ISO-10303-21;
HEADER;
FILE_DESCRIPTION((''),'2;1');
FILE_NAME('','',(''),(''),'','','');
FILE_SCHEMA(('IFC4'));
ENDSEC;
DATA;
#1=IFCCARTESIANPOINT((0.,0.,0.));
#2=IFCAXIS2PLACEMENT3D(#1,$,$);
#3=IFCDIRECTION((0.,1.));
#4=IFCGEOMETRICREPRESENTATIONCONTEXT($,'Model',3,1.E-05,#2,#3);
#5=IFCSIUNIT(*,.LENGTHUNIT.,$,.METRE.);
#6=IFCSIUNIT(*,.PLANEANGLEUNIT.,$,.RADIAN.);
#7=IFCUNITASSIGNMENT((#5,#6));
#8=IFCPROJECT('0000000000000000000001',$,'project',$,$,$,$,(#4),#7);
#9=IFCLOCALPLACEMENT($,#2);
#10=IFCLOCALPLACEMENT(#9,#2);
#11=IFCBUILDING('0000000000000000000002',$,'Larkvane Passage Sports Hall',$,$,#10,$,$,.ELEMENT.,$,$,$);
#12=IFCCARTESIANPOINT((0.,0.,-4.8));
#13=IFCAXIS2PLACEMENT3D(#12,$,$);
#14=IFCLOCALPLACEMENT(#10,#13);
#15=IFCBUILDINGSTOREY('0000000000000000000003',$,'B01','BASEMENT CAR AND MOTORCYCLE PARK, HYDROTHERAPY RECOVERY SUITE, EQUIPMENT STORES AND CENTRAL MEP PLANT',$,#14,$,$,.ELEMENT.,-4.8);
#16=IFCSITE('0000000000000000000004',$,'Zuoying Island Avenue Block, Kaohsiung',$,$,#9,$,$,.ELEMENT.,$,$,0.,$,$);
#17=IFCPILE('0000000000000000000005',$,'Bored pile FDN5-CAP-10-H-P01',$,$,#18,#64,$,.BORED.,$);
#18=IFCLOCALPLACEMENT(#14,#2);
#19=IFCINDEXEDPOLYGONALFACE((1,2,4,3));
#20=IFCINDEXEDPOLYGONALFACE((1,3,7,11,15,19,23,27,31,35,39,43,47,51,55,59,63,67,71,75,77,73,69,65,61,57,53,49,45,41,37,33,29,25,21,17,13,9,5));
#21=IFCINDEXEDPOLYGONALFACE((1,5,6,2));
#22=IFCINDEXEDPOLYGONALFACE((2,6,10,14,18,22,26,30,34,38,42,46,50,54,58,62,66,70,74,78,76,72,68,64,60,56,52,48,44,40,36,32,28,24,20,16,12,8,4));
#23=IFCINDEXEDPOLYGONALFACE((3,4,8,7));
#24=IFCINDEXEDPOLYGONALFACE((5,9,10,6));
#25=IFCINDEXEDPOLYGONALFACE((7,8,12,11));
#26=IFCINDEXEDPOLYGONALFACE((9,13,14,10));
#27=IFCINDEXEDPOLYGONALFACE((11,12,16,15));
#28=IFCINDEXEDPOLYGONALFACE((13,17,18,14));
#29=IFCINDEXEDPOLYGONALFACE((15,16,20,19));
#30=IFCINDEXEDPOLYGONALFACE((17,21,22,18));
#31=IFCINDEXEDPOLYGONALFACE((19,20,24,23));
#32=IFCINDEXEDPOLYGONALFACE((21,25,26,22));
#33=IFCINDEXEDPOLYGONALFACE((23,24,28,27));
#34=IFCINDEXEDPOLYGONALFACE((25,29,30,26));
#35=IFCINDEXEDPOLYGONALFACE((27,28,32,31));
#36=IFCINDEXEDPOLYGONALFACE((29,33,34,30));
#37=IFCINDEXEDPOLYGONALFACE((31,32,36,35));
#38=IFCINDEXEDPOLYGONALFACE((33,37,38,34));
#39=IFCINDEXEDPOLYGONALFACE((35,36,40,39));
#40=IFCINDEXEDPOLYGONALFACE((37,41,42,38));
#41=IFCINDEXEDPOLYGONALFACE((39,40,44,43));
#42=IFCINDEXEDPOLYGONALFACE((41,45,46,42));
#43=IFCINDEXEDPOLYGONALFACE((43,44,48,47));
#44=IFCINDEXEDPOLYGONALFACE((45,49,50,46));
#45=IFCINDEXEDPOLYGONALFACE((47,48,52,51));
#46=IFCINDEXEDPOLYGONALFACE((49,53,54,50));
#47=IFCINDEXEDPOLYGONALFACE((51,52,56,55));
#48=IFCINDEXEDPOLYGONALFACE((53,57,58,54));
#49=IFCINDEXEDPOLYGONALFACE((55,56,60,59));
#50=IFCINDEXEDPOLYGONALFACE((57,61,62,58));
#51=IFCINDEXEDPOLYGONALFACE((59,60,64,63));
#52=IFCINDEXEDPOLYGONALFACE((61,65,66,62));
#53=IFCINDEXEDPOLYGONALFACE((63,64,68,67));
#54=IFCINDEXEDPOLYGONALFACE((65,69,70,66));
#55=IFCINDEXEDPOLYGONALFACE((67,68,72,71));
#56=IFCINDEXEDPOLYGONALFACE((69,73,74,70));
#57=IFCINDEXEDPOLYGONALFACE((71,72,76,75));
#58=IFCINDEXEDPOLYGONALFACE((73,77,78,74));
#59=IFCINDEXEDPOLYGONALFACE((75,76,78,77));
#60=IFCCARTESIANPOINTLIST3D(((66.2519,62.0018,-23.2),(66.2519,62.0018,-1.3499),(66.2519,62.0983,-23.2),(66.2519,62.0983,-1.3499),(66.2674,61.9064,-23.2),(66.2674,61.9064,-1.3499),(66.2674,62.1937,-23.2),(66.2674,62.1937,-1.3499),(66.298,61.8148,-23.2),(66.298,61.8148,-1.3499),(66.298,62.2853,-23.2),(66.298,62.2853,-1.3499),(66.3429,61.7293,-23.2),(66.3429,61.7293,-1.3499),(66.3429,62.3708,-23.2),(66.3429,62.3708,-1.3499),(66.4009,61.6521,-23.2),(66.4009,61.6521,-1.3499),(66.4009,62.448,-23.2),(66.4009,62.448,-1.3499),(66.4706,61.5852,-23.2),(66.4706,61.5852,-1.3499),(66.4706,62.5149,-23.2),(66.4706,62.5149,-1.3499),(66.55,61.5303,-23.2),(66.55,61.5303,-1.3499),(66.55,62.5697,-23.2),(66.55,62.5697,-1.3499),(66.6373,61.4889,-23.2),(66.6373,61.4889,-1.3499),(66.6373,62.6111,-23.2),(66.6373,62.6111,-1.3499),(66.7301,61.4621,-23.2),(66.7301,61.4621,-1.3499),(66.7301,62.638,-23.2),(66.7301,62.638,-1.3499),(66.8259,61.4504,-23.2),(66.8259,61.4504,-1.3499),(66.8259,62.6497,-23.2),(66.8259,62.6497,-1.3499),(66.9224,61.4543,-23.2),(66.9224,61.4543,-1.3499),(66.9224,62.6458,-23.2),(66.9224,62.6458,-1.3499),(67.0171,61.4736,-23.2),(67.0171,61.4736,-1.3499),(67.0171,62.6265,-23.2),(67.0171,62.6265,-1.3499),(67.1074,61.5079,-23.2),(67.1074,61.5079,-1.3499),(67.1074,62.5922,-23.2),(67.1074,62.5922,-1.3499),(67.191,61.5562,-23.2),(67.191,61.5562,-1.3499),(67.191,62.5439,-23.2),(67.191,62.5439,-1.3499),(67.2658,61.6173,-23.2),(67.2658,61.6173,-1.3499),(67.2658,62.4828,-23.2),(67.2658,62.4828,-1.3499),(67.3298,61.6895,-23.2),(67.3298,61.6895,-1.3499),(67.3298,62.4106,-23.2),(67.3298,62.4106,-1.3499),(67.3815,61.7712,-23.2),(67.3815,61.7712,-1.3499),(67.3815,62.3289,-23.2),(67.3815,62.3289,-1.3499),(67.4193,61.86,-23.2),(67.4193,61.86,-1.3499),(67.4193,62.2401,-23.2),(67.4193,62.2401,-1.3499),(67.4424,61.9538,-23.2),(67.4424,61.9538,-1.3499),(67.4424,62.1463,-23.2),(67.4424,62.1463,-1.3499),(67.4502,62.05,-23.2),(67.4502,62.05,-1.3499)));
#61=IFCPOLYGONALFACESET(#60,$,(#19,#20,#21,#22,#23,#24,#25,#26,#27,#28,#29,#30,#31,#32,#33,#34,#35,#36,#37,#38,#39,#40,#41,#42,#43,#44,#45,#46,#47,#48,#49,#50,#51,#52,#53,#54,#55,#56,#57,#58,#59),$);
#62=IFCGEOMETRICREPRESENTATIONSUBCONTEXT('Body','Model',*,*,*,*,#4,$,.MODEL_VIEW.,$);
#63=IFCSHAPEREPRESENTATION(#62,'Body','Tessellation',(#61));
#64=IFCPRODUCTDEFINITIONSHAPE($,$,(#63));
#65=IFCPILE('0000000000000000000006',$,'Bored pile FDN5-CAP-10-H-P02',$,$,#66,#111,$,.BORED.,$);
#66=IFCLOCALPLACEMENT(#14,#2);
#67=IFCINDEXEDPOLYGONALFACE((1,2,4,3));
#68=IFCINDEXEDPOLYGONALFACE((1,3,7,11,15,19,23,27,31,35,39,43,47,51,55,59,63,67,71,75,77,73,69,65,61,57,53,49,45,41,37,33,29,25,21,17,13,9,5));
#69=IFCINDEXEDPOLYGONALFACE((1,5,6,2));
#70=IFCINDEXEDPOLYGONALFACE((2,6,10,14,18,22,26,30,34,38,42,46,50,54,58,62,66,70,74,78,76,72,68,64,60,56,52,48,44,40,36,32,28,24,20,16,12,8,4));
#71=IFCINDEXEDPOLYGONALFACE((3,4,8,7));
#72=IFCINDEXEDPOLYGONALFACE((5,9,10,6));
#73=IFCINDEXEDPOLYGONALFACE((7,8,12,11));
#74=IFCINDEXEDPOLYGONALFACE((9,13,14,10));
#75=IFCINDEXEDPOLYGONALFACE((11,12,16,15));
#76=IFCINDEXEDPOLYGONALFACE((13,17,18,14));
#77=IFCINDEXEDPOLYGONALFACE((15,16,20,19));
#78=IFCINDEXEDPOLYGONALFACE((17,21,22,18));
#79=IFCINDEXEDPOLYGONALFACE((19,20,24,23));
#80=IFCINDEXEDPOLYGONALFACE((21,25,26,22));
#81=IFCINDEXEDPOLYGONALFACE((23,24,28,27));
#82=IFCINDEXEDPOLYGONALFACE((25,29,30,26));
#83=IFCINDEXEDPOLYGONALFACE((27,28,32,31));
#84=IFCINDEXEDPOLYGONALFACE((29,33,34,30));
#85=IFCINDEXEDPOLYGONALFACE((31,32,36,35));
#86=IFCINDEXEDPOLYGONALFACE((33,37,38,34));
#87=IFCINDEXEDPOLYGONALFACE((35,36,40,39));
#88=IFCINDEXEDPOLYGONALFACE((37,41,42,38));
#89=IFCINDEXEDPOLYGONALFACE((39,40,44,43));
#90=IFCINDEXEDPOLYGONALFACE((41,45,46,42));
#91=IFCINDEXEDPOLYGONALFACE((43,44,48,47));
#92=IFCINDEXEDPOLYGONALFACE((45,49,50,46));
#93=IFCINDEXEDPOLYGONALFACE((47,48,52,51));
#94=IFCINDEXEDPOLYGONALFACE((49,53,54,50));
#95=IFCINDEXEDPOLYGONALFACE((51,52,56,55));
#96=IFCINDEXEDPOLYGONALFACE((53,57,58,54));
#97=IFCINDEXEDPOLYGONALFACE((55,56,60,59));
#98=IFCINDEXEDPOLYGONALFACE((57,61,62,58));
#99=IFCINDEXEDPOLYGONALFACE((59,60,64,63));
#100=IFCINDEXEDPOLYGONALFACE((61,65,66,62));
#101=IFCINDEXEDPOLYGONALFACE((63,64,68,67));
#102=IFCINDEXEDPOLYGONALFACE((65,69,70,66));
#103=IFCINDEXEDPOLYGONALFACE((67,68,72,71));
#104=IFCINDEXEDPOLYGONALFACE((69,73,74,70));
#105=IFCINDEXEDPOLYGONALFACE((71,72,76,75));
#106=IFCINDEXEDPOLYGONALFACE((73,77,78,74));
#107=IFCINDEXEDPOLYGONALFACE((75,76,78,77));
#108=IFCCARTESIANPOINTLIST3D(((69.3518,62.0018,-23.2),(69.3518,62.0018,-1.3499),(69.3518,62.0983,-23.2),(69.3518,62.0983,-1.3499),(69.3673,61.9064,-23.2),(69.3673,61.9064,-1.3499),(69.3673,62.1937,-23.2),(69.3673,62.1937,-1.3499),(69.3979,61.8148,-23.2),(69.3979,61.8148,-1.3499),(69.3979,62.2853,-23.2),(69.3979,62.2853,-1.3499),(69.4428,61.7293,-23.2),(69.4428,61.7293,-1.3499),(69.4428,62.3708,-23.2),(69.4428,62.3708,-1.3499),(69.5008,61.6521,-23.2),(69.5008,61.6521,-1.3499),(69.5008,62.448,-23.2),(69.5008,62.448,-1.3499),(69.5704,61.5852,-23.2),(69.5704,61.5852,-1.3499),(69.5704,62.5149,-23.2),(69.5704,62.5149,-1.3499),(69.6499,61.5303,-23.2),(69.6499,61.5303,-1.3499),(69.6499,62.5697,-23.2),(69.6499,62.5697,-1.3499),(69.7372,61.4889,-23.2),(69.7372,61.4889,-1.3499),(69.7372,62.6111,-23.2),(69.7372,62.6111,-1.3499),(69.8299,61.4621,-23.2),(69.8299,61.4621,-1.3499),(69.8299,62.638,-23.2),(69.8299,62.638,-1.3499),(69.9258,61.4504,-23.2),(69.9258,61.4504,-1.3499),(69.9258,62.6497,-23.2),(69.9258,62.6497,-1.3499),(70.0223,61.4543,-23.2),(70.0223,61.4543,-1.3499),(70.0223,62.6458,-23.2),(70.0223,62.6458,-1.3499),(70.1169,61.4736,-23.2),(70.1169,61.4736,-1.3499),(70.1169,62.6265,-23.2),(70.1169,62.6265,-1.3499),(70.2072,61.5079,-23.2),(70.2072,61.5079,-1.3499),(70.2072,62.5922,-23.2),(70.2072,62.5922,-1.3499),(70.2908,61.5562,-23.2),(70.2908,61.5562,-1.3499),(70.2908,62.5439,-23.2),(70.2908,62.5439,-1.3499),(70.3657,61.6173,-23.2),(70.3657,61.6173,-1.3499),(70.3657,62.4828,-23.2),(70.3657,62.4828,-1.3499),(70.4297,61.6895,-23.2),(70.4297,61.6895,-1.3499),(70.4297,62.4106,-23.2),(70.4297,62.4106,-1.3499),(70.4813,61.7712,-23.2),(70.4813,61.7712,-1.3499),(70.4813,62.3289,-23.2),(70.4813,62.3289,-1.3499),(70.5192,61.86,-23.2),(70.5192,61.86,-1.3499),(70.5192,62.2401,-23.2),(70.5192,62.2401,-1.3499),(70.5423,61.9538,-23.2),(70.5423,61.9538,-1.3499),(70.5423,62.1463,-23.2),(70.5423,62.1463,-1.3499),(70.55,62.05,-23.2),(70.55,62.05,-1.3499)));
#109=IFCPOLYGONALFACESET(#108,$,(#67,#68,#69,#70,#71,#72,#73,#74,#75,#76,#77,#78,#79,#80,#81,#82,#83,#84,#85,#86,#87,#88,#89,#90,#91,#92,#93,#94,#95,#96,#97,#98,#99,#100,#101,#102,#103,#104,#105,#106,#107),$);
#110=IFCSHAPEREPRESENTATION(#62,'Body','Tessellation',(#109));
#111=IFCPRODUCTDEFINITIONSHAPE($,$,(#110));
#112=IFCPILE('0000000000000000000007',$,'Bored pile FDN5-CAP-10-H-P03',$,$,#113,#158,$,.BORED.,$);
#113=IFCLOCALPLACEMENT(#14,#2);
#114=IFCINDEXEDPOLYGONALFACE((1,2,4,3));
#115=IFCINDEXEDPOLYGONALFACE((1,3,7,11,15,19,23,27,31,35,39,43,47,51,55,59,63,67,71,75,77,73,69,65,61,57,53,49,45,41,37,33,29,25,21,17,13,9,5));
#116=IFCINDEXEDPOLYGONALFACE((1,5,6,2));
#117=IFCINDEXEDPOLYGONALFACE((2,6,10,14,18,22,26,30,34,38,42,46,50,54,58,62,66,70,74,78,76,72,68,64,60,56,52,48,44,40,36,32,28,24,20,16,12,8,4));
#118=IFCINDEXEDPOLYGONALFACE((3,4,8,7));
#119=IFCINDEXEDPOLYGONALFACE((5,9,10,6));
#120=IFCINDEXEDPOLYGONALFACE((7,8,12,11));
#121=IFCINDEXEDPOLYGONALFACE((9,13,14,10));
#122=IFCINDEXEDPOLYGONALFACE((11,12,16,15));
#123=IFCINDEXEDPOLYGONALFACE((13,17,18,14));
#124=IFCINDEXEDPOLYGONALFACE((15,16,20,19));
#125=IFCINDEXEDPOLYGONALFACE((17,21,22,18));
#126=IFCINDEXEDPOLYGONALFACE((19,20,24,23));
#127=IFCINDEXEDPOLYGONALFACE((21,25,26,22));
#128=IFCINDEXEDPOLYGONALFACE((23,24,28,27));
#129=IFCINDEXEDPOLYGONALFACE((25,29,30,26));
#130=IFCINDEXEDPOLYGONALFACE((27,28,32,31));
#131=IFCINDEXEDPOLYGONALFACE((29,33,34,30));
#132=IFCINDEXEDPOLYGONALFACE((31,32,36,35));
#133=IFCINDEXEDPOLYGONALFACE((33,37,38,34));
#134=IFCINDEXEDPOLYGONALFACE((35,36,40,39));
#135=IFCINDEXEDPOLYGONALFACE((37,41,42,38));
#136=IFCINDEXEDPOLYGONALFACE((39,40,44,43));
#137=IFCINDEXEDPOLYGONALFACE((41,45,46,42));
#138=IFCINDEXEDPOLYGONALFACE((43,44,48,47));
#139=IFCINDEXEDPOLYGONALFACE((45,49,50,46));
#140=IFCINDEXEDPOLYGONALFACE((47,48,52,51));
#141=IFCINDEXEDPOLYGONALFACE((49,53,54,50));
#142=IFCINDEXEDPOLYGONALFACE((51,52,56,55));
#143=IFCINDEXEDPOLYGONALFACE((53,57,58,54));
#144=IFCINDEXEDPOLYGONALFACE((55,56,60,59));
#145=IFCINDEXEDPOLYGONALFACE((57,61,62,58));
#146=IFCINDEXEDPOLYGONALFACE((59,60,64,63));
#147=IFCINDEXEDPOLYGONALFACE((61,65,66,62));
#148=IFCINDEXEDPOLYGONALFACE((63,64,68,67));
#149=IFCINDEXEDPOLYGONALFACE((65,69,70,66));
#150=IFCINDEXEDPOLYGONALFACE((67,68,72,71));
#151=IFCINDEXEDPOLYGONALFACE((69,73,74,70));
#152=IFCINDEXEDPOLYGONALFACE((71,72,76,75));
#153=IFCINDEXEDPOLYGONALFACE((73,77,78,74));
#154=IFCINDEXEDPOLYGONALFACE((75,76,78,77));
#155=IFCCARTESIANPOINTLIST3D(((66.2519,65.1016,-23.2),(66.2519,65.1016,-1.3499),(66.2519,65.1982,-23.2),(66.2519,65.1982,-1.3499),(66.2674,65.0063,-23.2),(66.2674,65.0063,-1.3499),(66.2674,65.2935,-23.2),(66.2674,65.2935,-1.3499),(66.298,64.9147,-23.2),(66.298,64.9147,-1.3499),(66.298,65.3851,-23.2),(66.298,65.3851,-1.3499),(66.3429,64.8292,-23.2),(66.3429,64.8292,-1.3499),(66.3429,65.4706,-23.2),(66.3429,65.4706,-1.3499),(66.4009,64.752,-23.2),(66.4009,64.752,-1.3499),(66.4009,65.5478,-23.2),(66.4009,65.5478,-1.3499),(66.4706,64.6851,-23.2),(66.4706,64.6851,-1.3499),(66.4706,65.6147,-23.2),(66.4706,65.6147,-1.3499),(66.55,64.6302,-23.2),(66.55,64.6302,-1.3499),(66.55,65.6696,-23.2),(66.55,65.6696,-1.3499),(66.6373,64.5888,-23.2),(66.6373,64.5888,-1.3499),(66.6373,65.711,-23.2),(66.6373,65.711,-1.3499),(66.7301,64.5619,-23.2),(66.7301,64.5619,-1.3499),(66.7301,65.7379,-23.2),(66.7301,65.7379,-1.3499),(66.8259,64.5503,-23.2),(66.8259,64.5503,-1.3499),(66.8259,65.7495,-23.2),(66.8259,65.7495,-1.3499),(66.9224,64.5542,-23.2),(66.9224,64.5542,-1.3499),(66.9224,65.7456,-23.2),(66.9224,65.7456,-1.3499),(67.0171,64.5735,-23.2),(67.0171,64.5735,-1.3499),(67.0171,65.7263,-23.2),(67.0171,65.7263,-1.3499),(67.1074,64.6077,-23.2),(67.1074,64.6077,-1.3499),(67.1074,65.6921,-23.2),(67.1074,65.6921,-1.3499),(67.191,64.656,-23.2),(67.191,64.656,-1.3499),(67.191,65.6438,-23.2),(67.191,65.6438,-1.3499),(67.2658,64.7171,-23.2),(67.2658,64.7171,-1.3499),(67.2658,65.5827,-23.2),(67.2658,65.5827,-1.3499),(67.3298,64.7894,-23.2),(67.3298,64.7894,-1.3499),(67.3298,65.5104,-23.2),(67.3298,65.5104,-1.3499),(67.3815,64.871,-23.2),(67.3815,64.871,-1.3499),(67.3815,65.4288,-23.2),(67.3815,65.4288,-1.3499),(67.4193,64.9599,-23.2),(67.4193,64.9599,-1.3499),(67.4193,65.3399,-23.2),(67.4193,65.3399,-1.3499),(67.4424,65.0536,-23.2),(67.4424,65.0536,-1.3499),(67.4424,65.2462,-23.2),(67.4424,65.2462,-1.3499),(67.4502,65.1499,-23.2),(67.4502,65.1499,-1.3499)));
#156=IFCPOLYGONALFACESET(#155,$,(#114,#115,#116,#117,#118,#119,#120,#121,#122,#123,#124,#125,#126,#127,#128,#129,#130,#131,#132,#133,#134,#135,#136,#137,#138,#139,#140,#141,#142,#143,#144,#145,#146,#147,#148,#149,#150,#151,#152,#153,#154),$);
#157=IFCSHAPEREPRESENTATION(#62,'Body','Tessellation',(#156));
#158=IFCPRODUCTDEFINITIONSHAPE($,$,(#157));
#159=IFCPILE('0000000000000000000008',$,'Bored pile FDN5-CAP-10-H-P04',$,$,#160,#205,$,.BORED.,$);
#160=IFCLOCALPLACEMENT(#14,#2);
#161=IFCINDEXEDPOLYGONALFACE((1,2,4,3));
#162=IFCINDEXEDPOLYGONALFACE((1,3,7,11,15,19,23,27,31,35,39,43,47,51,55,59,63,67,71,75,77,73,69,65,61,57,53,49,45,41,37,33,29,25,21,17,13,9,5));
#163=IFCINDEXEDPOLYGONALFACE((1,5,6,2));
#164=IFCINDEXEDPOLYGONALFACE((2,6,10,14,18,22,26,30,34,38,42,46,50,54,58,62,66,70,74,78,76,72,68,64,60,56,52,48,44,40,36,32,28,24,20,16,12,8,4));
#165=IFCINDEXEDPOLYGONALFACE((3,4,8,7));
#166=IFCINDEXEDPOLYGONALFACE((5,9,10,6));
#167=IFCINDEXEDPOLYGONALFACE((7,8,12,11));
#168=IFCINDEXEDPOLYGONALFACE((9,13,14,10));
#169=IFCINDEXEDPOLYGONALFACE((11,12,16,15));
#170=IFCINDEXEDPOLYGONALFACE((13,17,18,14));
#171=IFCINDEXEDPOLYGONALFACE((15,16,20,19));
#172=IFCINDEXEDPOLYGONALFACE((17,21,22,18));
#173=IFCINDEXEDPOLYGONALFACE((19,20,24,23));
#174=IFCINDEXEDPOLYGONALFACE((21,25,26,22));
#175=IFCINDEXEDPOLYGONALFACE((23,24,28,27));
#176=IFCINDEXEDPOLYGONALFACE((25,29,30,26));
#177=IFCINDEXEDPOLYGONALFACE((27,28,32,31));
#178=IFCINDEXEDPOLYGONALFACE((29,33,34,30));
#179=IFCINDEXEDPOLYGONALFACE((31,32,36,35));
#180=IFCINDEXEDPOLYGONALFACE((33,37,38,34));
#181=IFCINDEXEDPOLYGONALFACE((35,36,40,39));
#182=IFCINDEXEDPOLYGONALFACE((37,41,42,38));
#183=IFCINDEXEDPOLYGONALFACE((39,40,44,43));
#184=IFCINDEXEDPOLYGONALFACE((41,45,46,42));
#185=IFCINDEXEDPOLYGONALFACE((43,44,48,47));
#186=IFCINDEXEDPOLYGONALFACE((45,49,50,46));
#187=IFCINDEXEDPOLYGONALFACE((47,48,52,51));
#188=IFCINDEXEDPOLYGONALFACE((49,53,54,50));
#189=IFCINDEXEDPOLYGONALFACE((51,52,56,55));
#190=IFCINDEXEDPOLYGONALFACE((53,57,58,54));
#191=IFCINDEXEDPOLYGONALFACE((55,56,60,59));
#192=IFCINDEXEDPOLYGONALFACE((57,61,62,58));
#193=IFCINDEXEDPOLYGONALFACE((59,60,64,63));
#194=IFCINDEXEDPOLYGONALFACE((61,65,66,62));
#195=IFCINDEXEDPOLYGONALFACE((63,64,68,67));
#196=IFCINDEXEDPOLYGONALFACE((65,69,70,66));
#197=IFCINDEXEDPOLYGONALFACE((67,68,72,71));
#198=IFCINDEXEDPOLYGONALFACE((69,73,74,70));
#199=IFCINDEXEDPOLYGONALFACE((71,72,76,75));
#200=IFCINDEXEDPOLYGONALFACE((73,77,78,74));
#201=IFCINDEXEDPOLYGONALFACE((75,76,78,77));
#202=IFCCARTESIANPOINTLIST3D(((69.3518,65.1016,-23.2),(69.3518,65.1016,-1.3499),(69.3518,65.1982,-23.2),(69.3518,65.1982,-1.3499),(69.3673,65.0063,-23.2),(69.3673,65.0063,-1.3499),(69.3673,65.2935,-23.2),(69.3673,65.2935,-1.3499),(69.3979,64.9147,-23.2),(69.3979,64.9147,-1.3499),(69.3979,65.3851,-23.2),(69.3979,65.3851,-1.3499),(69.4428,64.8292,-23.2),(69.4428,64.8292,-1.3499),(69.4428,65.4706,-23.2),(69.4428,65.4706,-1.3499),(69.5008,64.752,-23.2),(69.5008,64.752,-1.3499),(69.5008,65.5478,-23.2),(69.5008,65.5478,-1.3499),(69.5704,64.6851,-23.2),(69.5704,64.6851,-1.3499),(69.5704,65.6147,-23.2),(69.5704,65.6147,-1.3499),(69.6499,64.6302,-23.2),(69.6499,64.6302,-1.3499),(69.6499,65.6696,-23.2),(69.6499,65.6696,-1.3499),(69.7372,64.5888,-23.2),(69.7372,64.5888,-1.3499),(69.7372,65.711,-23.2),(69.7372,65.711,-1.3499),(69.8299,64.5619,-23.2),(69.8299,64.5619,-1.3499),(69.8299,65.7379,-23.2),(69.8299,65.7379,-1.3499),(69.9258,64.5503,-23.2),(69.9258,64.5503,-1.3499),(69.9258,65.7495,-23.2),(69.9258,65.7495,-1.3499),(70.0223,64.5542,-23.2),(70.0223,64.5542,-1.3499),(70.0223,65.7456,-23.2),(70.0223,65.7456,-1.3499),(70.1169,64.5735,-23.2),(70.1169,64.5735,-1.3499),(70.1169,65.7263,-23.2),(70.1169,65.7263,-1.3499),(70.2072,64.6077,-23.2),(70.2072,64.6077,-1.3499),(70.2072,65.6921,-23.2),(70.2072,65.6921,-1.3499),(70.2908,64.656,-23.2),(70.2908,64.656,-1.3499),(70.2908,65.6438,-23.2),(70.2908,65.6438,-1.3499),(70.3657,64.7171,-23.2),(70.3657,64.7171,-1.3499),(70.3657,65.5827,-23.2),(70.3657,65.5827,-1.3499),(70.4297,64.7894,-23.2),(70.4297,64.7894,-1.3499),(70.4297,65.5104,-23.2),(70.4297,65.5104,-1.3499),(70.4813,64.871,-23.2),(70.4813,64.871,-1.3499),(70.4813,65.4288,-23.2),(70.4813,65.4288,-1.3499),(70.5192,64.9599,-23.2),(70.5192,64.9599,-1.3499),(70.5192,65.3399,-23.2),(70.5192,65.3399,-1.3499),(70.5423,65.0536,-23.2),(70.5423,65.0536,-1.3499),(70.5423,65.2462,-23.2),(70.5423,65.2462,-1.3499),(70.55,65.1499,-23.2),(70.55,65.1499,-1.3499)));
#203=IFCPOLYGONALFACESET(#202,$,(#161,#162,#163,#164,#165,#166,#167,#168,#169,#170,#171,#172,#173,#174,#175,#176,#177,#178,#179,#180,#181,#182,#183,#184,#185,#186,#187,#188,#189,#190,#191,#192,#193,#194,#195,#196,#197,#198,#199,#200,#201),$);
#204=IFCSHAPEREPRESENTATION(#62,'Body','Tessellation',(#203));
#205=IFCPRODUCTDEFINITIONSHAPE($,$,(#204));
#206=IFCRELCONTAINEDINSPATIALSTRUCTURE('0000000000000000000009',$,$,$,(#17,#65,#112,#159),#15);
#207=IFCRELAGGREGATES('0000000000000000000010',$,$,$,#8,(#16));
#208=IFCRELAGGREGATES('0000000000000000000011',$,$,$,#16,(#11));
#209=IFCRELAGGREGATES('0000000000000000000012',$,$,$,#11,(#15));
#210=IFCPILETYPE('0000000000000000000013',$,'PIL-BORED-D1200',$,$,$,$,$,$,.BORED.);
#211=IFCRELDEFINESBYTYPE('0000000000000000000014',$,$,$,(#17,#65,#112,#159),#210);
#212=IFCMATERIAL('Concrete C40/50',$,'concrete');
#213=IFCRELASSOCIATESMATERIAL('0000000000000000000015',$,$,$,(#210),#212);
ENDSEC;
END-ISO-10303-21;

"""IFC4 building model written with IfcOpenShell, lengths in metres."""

from ifc_helpers import new_model, si_unit, direction, frame, origin, origin_2d, place, context, subcontext, project, spatial, circle, extrude, material, material_profile, profile_set, type_object, element, save


model = new_model("IFC4")

# Units and contexts
model_context = context("Model", 3, precision=1e-05, world=origin(), true_north=direction((0.0, 1.0)))
body_context = subcontext(model_context, "Body", "Model", "MODEL_VIEW")
ifc_project = project(units=[si_unit("LENGTHUNIT", "METRE"), si_unit("PLANEANGLEUNIT", "RADIAN")], contexts=[model_context])

# Site, building, storey
site_placement = place(None, origin())
site = spatial("IfcSite", under=ifc_project, at=site_placement, Name="Zuoying Island Avenue Block, Kaohsiung", CompositionType="ELEMENT", RefElevation=0.0)
building_placement = place(site_placement, origin())
building = spatial("IfcBuilding", under=site, at=building_placement, Name="Larkvane Passage Sports Hall", CompositionType="ELEMENT")
storey_placement = place(building_placement, frame((0.0, 0.0, -4.8)))
storey = spatial("IfcBuildingStorey", under=building, at=storey_placement, Name="B01", Description="BASEMENT CAR AND MOTORCYCLE PARK, HYDROTHERAPY RECOVERY SUITE, EQUIPMENT STORES AND CENTRAL MEP PLANT", CompositionType="ELEMENT", Elevation=-4.8)

# Shared definitions
ifc_material_1 = material(Name="Concrete C40/50", Category="concrete")

# Piles
ifc_material_profile_1 = material_profile(ifc_material_1, circle(Radius=0.6001, at=origin_2d()), Name="PILE-D1200")
ifc_profile_set_1 = profile_set([ifc_material_profile_1], Name="Concrete C40/50")
pile_type_1 = type_object("IfcPileType", Name="PIL-BORED-D1200", PredefinedType="BORED", material=ifc_profile_set_1)
for number, where, z_axis, x_axis, name in (
    (1, (66.8501, 62.05, -1.3499), (0.0, 0.0, -1.0), (1.0, 0.0, 0.0), "Bored pile FDN5-CAP-10-H-P01"),
    (2, (69.95, 62.05, -1.3499), (0.0, 0.0, -1.0), (1.0, 0.0, 0.0), "Bored pile FDN5-CAP-10-H-P02"),
    (3, (66.8501, 65.1499, -1.3499), (0.0, 0.0, -1.0), (1.0, 0.0, 0.0), "Bored pile FDN5-CAP-10-H-P03"),
    (4, (69.95, 65.1499, -1.3499), (0.0, 0.0, -1.0), (1.0, 0.0, 0.0), "Bored pile FDN5-CAP-10-H-P04"),
):
    element("IfcPile", number, at=place(storey_placement, frame(where, z_axis=z_axis, x_axis=x_axis)), inside=storey, type_object=pile_type_1, Name=name, PredefinedType="BORED", context=body_context, shape_type="SweptSolid", body=[
        extrude(circle(Radius=0.6001, at=origin_2d()), origin(), (0.0, 0.0, 1.0), 21.8501),
    ])

save(model, "model.ifc")
